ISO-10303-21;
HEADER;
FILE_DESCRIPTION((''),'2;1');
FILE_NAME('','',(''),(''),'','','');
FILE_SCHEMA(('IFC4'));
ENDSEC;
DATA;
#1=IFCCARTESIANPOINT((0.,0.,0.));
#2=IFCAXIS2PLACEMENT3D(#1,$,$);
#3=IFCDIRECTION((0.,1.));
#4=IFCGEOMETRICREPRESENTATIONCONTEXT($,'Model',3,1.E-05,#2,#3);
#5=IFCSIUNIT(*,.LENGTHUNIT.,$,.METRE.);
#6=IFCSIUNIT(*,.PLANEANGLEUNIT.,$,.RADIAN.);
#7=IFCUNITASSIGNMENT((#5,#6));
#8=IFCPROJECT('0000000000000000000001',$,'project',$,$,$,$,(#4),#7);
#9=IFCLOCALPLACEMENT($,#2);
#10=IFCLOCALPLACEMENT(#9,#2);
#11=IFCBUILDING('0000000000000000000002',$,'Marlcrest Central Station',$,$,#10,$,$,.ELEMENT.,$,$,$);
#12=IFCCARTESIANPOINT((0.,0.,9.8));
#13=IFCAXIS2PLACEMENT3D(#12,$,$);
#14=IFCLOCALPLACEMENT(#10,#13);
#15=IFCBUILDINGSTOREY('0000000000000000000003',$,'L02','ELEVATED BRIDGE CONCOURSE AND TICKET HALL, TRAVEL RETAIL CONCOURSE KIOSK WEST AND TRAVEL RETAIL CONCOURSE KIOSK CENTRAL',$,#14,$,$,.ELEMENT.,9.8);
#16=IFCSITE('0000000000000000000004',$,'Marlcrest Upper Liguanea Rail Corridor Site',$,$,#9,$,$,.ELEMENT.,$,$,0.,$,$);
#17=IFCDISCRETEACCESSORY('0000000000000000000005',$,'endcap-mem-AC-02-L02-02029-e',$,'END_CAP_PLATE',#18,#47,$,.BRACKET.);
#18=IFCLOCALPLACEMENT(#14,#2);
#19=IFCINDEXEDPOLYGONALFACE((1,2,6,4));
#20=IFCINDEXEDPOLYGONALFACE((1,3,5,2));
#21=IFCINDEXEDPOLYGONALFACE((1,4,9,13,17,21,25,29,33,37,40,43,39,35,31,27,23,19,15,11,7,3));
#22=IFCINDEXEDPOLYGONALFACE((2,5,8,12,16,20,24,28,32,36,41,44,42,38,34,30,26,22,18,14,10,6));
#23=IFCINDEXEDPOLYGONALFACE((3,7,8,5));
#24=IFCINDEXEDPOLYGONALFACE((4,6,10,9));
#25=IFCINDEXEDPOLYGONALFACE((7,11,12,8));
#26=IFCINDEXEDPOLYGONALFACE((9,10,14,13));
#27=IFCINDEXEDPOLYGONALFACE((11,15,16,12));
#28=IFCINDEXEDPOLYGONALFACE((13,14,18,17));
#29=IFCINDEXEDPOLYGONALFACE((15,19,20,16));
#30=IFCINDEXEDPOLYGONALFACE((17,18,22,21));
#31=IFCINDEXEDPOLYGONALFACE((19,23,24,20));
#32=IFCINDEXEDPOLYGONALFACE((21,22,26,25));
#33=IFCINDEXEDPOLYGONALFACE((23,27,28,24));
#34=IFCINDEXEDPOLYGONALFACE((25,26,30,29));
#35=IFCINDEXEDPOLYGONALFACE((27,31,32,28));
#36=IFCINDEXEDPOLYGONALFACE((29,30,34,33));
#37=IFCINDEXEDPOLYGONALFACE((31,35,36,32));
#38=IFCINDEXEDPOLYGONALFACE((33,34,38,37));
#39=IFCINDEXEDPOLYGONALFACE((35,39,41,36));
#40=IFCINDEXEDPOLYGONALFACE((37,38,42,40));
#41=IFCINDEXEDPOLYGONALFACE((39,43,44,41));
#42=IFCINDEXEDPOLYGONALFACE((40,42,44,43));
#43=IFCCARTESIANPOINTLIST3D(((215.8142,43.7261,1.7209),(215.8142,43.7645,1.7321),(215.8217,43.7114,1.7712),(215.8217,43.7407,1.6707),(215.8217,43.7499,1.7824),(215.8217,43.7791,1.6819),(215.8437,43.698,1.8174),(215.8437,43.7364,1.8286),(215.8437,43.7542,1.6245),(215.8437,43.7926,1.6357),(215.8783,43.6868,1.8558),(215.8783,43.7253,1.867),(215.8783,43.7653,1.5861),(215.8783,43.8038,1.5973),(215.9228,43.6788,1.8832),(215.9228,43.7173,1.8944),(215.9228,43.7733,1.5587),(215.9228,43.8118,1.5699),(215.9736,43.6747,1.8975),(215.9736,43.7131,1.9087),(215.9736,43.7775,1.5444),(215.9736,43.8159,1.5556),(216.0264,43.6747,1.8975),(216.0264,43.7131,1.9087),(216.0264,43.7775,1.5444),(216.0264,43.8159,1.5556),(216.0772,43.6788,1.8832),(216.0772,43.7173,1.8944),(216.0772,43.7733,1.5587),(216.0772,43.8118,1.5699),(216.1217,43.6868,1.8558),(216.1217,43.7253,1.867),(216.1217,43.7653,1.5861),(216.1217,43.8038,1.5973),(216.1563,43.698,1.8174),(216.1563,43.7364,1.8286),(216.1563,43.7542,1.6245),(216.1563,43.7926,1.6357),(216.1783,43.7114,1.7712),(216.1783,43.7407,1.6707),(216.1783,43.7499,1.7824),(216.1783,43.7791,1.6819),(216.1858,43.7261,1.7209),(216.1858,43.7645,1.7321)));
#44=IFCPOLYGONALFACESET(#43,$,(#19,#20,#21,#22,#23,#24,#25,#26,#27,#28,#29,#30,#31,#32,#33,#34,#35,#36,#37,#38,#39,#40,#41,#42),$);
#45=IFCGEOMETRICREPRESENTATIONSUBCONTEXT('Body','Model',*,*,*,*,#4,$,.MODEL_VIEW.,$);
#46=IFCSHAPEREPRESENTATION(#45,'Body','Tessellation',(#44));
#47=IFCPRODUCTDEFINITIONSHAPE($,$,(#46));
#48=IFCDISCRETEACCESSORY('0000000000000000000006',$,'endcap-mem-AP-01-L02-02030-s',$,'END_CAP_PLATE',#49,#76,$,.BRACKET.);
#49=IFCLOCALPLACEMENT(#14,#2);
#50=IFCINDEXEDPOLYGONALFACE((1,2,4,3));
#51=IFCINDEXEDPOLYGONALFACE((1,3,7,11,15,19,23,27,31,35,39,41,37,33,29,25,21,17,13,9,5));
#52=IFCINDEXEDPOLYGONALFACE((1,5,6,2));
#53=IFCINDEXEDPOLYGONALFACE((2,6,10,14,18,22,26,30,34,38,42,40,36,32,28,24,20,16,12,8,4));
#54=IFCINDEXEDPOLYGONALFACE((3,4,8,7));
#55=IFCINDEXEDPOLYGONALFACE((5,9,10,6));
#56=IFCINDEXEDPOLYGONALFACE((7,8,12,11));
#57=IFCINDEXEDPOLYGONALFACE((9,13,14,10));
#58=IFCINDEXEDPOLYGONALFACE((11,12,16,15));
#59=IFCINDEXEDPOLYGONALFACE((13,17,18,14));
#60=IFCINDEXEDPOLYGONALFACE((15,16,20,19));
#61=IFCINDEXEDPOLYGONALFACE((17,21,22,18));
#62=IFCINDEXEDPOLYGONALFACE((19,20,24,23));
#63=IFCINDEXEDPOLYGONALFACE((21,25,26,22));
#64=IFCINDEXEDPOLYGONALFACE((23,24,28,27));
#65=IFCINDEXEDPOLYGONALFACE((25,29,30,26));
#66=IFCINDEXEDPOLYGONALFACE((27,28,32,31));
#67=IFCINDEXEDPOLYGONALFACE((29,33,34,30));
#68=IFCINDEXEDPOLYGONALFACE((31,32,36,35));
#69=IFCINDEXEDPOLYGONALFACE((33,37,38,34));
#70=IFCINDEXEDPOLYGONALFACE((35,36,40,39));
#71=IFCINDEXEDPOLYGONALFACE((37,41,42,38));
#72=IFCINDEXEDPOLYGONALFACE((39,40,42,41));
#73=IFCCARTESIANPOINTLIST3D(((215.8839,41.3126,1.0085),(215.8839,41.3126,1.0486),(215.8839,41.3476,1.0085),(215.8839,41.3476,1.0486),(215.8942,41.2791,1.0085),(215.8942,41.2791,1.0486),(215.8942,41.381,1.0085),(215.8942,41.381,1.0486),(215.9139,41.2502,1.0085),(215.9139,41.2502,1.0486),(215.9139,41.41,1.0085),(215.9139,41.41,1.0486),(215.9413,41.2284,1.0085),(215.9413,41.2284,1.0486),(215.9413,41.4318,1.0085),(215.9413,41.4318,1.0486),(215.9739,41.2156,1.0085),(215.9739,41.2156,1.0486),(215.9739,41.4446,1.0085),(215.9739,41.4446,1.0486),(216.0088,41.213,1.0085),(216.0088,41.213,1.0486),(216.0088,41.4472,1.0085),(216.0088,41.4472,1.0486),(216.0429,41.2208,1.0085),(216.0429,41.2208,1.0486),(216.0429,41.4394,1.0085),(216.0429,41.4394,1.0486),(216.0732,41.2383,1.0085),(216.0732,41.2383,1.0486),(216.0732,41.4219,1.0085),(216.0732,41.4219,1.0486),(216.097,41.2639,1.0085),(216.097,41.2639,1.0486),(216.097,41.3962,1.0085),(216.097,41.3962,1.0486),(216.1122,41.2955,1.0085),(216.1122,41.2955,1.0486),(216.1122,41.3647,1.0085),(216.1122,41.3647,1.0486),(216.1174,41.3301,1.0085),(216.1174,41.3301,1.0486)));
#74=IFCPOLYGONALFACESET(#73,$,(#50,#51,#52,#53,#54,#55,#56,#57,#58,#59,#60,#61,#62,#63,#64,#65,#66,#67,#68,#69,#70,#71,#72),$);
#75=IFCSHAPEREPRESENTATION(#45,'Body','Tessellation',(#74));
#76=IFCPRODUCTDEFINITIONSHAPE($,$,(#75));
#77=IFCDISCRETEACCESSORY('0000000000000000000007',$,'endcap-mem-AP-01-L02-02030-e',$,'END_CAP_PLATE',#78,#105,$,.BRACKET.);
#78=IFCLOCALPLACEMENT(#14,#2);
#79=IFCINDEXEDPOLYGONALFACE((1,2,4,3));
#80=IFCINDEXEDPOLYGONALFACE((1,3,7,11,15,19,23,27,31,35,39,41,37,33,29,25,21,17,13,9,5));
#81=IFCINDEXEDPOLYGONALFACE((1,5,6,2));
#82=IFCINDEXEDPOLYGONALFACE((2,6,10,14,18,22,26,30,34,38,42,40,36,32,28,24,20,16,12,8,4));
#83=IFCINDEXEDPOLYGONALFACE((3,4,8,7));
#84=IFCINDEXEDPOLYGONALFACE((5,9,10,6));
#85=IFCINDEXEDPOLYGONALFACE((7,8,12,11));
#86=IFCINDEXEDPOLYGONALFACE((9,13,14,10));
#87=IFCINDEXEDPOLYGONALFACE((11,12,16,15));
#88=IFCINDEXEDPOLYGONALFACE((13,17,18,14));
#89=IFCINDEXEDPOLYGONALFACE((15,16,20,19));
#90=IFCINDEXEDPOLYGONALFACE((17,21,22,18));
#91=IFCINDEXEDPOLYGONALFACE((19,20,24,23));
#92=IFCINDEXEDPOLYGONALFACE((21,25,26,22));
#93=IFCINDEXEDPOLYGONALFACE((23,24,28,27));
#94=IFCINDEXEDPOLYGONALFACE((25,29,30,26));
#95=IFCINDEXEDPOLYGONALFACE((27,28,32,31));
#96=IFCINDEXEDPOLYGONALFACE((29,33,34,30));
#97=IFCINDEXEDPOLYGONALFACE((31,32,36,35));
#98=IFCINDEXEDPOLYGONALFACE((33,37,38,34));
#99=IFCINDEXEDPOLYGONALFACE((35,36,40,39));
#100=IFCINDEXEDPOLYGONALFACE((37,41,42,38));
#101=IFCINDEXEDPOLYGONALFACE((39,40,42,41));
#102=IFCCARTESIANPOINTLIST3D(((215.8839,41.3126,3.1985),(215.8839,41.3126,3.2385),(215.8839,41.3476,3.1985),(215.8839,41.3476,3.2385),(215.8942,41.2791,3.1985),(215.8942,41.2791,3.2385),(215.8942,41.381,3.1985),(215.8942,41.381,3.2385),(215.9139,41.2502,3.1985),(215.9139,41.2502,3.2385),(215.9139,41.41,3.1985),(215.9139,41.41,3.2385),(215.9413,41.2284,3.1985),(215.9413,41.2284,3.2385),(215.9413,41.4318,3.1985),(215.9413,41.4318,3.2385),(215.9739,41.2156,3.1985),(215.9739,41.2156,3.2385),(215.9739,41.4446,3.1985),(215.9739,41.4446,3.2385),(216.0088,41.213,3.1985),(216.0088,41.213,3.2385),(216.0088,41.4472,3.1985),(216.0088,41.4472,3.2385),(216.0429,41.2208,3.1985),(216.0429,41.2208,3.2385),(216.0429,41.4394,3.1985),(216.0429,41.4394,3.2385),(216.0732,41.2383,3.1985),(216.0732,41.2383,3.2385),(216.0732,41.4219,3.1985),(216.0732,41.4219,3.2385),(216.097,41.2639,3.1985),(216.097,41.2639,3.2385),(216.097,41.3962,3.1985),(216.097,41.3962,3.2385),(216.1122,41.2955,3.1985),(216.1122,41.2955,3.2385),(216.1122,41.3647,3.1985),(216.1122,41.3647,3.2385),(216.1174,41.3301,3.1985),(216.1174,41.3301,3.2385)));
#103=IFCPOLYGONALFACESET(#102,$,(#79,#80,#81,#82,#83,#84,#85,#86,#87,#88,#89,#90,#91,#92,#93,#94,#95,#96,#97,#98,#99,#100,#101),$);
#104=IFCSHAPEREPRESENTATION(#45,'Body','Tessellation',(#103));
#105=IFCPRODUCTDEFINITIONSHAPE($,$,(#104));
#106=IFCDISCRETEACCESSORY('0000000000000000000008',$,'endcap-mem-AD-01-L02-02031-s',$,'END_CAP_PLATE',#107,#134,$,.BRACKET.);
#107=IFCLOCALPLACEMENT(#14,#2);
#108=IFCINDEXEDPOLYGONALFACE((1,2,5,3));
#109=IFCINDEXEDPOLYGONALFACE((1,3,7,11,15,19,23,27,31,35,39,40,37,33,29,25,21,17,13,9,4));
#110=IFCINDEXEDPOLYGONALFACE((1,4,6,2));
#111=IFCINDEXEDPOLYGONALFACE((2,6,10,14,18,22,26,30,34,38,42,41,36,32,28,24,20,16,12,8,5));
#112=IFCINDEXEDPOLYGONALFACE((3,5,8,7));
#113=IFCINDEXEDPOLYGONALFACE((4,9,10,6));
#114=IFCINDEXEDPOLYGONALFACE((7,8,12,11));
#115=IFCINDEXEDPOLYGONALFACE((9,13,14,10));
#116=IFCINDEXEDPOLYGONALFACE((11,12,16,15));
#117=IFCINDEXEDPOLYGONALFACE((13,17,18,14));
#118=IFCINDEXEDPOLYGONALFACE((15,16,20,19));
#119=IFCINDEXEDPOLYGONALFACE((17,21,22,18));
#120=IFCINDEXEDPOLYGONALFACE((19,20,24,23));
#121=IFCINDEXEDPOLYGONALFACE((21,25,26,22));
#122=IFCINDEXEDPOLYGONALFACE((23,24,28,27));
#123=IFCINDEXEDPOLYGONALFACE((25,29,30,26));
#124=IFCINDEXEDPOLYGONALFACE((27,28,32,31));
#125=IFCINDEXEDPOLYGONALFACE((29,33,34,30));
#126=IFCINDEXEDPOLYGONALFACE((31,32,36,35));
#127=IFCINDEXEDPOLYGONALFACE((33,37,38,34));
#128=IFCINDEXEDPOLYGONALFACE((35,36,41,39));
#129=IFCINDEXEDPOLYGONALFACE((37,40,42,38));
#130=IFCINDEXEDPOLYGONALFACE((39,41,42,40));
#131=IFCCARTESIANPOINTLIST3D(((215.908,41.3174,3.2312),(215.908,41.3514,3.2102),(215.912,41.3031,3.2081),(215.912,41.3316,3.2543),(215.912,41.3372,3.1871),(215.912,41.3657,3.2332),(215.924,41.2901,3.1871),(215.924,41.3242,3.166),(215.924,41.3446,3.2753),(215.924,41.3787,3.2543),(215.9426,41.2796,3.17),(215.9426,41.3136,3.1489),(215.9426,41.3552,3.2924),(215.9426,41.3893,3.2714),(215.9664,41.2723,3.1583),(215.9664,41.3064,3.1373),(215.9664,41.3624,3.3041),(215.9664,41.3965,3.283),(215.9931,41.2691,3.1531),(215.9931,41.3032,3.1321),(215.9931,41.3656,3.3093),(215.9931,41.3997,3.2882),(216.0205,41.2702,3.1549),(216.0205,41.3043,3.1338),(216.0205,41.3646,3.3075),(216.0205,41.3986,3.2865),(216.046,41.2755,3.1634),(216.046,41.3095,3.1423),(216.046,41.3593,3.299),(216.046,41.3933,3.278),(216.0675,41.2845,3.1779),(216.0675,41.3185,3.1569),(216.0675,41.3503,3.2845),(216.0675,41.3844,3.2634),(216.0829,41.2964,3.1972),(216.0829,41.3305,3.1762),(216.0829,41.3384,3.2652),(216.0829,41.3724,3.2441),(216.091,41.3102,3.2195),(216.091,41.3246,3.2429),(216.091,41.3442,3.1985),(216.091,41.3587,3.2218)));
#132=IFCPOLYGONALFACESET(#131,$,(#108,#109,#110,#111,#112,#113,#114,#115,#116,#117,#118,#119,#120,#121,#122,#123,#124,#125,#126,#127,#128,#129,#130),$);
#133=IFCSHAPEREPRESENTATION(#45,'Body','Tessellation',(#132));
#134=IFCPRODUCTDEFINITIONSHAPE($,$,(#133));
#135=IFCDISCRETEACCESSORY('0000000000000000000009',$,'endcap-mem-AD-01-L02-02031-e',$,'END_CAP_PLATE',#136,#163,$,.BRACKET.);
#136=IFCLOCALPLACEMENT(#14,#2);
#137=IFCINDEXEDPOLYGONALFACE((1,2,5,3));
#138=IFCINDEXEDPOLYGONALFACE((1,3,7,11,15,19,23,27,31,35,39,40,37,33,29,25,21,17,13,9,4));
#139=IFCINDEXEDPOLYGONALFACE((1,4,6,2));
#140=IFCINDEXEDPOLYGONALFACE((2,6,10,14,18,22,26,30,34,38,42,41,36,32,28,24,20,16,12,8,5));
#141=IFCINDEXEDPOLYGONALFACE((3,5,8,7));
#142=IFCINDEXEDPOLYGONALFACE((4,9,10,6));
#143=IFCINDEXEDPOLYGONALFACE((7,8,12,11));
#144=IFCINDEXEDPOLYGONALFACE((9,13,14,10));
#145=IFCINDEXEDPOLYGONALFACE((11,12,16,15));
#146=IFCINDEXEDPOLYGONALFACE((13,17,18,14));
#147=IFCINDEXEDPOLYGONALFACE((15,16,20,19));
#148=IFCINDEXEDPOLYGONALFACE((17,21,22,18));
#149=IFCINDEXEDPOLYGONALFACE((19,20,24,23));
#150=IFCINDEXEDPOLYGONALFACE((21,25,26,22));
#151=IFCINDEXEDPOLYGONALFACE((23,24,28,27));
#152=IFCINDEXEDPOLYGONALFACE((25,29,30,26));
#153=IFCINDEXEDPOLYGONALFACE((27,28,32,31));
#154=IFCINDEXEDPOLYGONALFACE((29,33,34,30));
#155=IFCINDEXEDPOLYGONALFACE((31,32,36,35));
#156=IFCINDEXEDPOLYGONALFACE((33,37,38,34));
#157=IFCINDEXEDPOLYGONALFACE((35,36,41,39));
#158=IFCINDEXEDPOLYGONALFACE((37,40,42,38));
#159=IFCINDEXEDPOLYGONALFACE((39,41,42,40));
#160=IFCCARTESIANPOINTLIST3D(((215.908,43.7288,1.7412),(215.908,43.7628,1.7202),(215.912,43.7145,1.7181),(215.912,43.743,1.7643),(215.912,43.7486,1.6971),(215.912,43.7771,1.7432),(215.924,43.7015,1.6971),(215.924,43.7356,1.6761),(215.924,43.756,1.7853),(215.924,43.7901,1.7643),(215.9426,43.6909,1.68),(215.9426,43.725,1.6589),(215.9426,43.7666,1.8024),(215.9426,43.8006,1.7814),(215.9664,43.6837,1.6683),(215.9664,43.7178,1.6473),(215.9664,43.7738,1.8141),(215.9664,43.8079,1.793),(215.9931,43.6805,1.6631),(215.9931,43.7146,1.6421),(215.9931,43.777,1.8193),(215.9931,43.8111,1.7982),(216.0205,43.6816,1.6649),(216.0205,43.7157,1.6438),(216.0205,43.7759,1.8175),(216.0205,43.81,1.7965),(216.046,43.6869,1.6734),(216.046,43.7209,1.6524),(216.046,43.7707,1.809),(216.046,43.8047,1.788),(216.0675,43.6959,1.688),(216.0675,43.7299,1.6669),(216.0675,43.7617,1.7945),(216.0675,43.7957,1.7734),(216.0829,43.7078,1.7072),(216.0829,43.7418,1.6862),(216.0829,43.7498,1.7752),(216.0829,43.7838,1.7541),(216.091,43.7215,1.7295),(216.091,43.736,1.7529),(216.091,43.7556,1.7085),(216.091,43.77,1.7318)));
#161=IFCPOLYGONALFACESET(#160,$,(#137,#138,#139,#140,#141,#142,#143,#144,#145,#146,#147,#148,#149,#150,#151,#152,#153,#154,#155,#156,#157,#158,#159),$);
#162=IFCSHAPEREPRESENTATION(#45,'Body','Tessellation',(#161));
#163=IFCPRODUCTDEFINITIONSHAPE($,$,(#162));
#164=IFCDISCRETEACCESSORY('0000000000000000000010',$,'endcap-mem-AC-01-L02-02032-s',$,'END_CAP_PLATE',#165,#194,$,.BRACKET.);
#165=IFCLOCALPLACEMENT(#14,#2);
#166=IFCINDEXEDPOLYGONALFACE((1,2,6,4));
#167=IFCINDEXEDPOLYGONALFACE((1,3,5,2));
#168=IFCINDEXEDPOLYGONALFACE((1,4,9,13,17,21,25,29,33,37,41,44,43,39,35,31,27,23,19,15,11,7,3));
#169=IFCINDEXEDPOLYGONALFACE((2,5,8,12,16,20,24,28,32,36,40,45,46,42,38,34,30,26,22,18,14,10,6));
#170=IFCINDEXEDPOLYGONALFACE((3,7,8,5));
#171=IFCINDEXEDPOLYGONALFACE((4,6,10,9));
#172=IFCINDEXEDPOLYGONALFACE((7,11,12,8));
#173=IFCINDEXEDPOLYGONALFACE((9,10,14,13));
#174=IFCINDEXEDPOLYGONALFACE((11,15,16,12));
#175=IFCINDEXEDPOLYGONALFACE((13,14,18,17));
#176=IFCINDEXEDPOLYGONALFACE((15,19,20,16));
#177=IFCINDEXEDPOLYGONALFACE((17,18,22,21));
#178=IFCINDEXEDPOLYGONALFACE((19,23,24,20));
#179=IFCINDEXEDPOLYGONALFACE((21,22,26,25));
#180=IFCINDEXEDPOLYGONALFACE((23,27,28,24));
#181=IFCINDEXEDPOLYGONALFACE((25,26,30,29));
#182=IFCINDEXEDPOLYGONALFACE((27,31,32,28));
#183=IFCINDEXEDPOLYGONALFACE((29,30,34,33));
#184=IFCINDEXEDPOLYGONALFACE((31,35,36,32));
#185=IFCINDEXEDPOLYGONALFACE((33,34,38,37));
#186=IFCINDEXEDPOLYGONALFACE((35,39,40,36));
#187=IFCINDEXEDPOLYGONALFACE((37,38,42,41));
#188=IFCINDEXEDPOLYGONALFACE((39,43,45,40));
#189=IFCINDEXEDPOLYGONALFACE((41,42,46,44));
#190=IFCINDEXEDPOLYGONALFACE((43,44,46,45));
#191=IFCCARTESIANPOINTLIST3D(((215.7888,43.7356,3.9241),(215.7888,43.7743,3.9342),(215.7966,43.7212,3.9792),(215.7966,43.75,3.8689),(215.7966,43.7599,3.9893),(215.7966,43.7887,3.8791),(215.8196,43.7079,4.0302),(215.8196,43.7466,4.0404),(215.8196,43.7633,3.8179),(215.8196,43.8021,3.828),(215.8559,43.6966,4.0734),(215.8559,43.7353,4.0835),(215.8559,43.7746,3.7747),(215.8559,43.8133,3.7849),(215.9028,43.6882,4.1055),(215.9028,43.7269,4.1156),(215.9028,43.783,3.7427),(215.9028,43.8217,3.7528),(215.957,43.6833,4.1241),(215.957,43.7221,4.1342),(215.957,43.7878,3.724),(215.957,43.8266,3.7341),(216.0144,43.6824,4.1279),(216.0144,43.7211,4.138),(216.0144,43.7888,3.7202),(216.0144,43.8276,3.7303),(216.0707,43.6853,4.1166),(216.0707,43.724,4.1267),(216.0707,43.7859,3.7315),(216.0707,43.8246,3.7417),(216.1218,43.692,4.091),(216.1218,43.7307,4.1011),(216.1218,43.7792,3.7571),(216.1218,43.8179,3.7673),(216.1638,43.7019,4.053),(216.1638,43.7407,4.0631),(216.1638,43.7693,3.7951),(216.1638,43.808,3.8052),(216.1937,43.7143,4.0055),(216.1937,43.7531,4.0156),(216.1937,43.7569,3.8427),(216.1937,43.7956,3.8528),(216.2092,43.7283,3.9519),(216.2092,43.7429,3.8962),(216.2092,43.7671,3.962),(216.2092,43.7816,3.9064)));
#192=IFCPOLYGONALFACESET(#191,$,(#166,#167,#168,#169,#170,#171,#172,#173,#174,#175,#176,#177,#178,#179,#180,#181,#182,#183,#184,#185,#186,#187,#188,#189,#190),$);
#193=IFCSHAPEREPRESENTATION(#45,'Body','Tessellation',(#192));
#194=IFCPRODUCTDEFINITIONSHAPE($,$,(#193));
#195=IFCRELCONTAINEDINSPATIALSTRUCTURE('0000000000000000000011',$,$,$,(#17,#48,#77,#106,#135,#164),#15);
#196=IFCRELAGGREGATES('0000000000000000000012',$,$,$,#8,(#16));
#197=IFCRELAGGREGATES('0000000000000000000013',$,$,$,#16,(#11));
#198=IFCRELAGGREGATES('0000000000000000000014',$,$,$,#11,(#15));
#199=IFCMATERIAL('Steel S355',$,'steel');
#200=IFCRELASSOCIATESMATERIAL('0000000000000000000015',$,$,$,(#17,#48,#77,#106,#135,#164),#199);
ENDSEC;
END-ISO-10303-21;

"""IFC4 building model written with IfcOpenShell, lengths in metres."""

from ifc_helpers import new_model, si_unit, direction, frame, origin, origin_2d, place, context, subcontext, project, spatial, circle, extrude, material, element, save


model = new_model("IFC4")

# Units and contexts
model_context = context("Model", 3, precision=1e-05, world=origin(), true_north=direction((0.0, 1.0)))
body_context = subcontext(model_context, "Body", "Model", "MODEL_VIEW")
ifc_project = project(units=[si_unit("LENGTHUNIT", "METRE"), si_unit("PLANEANGLEUNIT", "RADIAN")], contexts=[model_context])

# Site, building, storey
site_placement = place(None, origin())
site = spatial("IfcSite", under=ifc_project, at=site_placement, Name="Marlcrest Upper Liguanea Rail Corridor Site", CompositionType="ELEMENT", RefElevation=0.0)
building_placement = place(site_placement, origin())
building = spatial("IfcBuilding", under=site, at=building_placement, Name="Marlcrest Central Station", CompositionType="ELEMENT")
storey_placement = place(building_placement, frame((0.0, 0.0, 9.8)))
storey = spatial("IfcBuildingStorey", under=building, at=storey_placement, Name="L02", Description="ELEVATED BRIDGE CONCOURSE AND TICKET HALL, TRAVEL RETAIL CONCOURSE KIOSK WEST AND TRAVEL RETAIL CONCOURSE KIOSK CENTRAL", CompositionType="ELEMENT", Elevation=9.8)

# Shared definitions
ifc_material = material(Name="Steel S355", Category="steel")

# Discrete accessories
for number, where, z_axis, x_axis, name in (
    (1, (216.0, 43.7261, 1.7209), (0.0, 0.96013, 0.279554), (-1.0, 0.0, 0.0), "endcap-mem-AC-02-L02-02029-e"),
):
    element("IfcDiscreteAccessory", number, at=place(storey_placement, frame(where, z_axis=z_axis, x_axis=x_axis)), inside=storey, material=ifc_material, Name=name, ObjectType="END_CAP_PLATE", PredefinedType="BRACKET", context=body_context, shape_type="SweptSolid", body=[
        extrude(circle(Radius=0.1858, at=origin_2d()), origin(), (0.0, 0.0, 1.0), 0.04),
    ])
for number, where, z_axis, x_axis, name in (
    (2, (216.0, 41.3301, 1.0085), (0.0, 0.0, 1.0), (1.0, 0.0, 0.0), "endcap-mem-AP-01-L02-02030-s"),
    (3, (216.0, 41.3301, 3.1985), (0.0, 0.0, 1.0), (1.0, 0.0, 0.0), "endcap-mem-AP-01-L02-02030-e"),
):
    element("IfcDiscreteAccessory", number, at=place(storey_placement, frame(where, z_axis=z_axis, x_axis=x_axis)), inside=storey, material=ifc_material, Name=name, ObjectType="END_CAP_PLATE", PredefinedType="BRACKET", context=body_context, shape_type="SweptSolid", body=[
        extrude(circle(Radius=0.1174, at=origin_2d()), origin(), (0.0, 0.0, 1.0), 0.04),
    ])
for number, where, z_axis, x_axis, name in (
    (4, (216.0, 41.3174, 3.2312), (0.0, 0.850687, -0.525672), (-1.0, 0.0, 0.0), "endcap-mem-AD-01-L02-02031-s"),
    (5, (216.0, 43.7288, 1.7412), (0.0, 0.850687, -0.525672), (-1.0, 0.0, 0.0), "endcap-mem-AD-01-L02-02031-e"),
):
    element("IfcDiscreteAccessory", number, at=place(storey_placement, frame(where, z_axis=z_axis, x_axis=x_axis)), inside=storey, material=ifc_material, Name=name, ObjectType="END_CAP_PLATE", PredefinedType="BRACKET", context=body_context, shape_type="SweptSolid", body=[
        extrude(circle(Radius=0.092, at=origin_2d()), origin(), (0.0, 0.0, 1.0), 0.04),
    ])
discrete_accessory_1_placement = place(storey_placement, frame((216.0, 43.7356, 3.9241), z_axis=(0.0, 0.967539, 0.25272), x_axis=(-1.0, 0.0, 0.0)))
element("IfcDiscreteAccessory", 6, at=discrete_accessory_1_placement, inside=storey, material=ifc_material, Name="endcap-mem-AC-01-L02-02032-s", ObjectType="END_CAP_PLATE", PredefinedType="BRACKET", context=body_context, shape_type="SweptSolid", body=[
    extrude(circle(Radius=0.2112, at=origin_2d()), origin(), (0.0, 0.0, 1.0), 0.04),
])

save(model, "model.ifc")
